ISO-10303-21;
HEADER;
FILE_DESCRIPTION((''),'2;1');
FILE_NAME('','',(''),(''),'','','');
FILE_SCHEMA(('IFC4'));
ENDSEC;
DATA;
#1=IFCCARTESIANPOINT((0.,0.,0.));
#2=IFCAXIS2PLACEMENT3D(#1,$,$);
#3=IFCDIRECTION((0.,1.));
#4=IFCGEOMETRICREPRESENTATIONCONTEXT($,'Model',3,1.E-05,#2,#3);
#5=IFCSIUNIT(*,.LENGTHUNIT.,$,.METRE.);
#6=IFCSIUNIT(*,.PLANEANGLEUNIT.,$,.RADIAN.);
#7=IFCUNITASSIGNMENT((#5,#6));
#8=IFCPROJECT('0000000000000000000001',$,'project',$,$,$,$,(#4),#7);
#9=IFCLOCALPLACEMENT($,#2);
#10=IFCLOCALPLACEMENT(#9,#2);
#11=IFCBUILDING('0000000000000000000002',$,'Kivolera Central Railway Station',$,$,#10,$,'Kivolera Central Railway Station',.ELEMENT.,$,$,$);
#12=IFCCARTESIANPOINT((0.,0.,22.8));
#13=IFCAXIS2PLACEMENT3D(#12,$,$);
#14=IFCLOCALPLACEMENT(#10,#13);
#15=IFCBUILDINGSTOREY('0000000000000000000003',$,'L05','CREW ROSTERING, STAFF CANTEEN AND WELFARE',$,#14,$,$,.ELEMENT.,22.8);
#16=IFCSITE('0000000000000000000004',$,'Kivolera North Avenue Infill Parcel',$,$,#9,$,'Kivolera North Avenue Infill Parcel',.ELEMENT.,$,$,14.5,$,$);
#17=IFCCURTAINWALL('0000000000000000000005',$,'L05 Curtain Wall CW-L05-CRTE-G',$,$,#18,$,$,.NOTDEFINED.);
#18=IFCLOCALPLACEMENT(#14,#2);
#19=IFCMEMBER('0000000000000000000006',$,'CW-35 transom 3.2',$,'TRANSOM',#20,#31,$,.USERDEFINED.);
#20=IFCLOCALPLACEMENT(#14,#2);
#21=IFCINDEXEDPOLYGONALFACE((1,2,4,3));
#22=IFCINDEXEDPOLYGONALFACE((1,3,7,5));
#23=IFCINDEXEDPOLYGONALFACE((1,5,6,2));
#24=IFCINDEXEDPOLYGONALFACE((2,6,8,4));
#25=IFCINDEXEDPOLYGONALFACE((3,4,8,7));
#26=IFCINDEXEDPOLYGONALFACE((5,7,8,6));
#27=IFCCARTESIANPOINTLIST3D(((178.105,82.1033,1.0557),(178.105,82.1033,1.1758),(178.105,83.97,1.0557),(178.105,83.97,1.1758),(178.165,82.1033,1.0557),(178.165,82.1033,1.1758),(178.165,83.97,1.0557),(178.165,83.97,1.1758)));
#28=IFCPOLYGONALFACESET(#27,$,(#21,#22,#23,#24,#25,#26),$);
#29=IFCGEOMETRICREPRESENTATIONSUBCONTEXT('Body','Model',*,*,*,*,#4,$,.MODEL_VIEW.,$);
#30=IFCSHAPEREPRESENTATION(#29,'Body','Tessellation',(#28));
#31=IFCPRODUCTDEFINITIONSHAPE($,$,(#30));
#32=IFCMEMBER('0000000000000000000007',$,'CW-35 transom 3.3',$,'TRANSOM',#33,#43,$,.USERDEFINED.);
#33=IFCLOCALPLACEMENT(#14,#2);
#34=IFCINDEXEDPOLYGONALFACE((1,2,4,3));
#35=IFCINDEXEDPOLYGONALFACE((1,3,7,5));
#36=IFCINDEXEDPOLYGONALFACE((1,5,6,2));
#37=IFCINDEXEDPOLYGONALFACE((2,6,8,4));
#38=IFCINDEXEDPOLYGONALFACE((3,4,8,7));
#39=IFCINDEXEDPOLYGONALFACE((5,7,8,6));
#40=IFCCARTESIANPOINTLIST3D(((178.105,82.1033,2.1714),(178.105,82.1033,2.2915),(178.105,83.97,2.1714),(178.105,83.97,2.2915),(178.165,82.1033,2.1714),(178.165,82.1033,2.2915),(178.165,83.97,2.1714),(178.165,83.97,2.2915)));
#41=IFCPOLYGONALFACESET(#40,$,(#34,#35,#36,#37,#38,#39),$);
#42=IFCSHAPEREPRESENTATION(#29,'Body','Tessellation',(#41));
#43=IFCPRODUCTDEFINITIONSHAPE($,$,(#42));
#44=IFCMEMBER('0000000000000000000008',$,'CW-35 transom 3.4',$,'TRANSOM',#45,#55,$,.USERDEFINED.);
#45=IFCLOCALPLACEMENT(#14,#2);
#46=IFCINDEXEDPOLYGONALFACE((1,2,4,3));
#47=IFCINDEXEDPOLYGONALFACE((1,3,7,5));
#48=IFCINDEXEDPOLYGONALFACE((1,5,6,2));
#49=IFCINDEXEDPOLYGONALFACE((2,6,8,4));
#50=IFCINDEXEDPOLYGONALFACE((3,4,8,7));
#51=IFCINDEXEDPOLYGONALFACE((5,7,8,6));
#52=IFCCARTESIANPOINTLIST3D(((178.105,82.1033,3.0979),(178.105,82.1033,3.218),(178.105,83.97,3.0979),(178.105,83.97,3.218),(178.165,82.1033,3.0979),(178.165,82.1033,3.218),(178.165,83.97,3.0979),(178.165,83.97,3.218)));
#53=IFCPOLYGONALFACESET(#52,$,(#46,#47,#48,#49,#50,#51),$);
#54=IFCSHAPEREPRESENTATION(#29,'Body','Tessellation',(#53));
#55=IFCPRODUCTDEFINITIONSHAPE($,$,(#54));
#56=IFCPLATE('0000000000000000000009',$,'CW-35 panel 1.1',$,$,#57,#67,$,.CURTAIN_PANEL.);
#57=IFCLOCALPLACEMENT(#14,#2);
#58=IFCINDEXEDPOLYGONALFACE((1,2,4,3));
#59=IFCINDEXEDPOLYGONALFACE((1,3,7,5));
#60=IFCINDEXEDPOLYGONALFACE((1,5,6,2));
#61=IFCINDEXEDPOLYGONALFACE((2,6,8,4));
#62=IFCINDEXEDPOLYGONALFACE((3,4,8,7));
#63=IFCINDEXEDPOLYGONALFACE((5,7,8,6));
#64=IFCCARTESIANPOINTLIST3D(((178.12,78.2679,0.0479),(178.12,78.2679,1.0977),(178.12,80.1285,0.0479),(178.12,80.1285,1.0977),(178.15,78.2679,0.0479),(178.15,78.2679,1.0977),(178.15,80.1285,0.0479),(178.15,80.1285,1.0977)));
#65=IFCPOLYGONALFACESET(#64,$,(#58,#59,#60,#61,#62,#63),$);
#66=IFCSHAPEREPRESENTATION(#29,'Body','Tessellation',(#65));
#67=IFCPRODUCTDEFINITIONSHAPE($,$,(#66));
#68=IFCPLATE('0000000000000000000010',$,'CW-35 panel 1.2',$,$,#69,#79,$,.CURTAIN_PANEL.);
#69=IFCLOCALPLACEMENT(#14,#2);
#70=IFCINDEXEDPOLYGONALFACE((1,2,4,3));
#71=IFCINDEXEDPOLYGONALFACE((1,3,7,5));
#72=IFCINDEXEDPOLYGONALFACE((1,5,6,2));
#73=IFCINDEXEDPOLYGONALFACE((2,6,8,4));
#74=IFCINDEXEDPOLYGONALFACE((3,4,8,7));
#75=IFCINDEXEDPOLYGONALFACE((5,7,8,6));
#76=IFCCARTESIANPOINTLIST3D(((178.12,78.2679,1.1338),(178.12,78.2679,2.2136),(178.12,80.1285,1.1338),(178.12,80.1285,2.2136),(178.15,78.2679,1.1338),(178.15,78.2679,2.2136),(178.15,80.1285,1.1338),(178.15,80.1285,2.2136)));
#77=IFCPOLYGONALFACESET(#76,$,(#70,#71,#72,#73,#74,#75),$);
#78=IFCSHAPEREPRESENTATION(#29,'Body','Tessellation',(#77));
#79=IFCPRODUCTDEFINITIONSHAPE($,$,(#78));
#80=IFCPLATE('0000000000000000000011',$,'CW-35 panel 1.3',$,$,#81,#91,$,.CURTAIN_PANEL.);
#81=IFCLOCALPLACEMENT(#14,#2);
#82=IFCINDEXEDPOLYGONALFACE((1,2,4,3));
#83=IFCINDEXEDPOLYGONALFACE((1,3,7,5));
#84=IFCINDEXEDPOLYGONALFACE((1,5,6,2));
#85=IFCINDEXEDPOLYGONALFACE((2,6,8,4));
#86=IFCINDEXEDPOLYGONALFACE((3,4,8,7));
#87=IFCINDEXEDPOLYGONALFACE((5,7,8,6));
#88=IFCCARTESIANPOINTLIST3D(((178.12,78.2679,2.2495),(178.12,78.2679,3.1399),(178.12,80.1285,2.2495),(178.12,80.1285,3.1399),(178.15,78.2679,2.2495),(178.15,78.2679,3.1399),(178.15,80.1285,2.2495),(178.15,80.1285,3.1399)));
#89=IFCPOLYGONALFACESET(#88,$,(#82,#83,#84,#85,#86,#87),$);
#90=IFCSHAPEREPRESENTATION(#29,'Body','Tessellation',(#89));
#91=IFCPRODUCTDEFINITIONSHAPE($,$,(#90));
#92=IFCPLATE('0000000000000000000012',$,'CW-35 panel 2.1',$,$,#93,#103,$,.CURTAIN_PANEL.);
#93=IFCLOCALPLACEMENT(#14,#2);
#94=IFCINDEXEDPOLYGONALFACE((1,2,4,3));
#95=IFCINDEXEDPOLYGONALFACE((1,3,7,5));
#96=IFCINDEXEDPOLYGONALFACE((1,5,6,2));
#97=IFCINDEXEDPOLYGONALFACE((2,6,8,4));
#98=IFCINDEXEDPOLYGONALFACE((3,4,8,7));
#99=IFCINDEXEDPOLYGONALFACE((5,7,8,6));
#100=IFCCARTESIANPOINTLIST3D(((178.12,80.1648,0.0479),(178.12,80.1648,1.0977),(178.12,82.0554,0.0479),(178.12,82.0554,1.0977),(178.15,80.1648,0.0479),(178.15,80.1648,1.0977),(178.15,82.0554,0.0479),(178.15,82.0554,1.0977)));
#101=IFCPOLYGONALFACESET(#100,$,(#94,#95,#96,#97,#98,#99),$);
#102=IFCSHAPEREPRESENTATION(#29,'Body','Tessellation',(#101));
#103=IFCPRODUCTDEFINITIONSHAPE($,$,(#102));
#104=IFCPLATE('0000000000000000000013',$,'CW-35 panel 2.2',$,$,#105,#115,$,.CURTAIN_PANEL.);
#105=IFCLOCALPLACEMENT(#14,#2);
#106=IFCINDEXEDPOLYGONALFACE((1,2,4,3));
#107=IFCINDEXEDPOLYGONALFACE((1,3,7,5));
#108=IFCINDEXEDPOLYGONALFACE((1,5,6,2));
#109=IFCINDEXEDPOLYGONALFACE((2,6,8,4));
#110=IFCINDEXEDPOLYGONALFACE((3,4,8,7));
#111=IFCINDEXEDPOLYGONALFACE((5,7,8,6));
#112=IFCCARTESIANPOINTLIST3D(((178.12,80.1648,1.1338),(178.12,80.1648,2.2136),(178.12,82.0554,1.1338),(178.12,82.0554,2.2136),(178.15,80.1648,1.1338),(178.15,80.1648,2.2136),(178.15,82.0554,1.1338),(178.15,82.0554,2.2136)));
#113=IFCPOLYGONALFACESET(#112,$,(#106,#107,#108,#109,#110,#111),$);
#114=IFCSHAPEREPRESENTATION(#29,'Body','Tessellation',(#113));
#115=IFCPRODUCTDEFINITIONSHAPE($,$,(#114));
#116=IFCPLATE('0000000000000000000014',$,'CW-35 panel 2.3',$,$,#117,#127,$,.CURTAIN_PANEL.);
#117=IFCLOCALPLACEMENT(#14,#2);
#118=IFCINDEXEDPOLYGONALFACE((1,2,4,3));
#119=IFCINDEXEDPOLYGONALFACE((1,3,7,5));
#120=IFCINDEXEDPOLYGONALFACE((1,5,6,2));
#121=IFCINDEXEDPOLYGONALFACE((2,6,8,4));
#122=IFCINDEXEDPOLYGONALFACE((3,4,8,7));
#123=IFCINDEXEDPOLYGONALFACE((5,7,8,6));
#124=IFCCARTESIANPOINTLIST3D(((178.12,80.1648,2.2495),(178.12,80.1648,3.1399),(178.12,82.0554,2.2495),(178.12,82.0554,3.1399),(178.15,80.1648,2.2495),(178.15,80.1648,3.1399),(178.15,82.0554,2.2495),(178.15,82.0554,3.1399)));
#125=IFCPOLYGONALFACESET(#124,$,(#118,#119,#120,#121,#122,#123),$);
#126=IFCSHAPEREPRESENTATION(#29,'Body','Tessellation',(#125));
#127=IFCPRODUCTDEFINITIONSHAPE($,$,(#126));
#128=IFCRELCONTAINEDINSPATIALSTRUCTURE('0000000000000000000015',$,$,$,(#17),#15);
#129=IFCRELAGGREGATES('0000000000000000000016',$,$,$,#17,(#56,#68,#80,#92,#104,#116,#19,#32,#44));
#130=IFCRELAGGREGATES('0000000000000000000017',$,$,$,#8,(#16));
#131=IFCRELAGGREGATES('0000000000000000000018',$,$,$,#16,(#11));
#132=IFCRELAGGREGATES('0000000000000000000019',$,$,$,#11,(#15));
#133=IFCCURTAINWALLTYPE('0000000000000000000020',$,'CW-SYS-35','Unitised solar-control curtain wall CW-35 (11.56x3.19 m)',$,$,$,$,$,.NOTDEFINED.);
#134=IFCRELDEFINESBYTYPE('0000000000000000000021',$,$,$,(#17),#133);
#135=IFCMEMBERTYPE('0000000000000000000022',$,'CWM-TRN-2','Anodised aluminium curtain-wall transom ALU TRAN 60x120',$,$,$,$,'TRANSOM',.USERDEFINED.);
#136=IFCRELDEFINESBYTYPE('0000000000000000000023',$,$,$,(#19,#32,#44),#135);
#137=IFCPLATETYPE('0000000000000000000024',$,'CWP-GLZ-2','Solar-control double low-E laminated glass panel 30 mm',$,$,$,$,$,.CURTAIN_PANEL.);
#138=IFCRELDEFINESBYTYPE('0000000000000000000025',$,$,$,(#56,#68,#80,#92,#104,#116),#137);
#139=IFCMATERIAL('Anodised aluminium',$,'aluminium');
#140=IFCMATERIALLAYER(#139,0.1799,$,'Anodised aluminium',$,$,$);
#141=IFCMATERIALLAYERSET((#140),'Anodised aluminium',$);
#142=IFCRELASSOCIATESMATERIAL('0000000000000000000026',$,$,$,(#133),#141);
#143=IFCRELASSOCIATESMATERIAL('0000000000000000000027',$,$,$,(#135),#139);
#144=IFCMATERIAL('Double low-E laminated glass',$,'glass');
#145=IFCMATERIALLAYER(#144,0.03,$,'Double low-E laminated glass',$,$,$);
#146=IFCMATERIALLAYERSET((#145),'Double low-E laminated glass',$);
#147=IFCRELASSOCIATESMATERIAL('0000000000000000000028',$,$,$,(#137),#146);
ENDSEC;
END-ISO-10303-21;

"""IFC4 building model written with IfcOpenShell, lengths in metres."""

from ifc_helpers import new_model, si_unit, direction, frame, origin, origin_2d, place, context, subcontext, project, spatial, rectangle, extrude, material, layer, layer_set, material_profile, profile_set, type_object, element, aggregate, save


model = new_model("IFC4")

# Units and contexts
model_context = context("Model", 3, precision=1e-05, world=origin(), true_north=direction((0.0, 1.0)))
body_context = subcontext(model_context, "Body", "Model", "MODEL_VIEW")
ifc_project = project(units=[si_unit("LENGTHUNIT", "METRE"), si_unit("PLANEANGLEUNIT", "RADIAN")], contexts=[model_context])

# Site, building, storey
site_placement = place(None, origin())
site = spatial("IfcSite", under=ifc_project, at=site_placement, Name="Kivolera North Avenue Infill Parcel", LongName="Kivolera North Avenue Infill Parcel", CompositionType="ELEMENT", RefElevation=14.5)
building_placement = place(site_placement, origin())
building = spatial("IfcBuilding", under=site, at=building_placement, Name="Kivolera Central Railway Station", LongName="Kivolera Central Railway Station", CompositionType="ELEMENT")
storey_placement = place(building_placement, frame((0.0, 0.0, 22.8)))
storey = spatial("IfcBuildingStorey", under=building, at=storey_placement, Name="L05", Description="CREW ROSTERING, STAFF CANTEEN AND WELFARE", CompositionType="ELEMENT", Elevation=22.8)

# Curtain wall, members, plates
ifc_material_1 = material(Name="Anodised aluminium", Category="aluminium")
ifc_layer_1 = layer(ifc_material_1, 0.1799, Name="Anodised aluminium")
ifc_layer_set_1 = layer_set([ifc_layer_1], Name="Anodised aluminium")
curtain_wall_type = type_object("IfcCurtainWallType", Name="CW-SYS-35", Description="Unitised solar-control curtain wall CW-35 (11.56x3.19 m)", PredefinedType="NOTDEFINED", material=ifc_layer_set_1)
curtain_wall_placement = place(storey_placement, origin())
curtain_wall = element("IfcCurtainWall", 1, at=curtain_wall_placement, inside=storey, type_object=curtain_wall_type, Name="L05 Curtain Wall CW-L05-CRTE-G", PredefinedType="NOTDEFINED")
ifc_material_profile_1 = material_profile(ifc_material_1, rectangle(XDim=0.0601, YDim=0.1201, at=origin_2d()), Name="ALU TRAN 60x120")
ifc_profile_set_1 = profile_set([ifc_material_profile_1], Name="Anodised aluminium")
member_type_1 = type_object("IfcMemberType", Name="CWM-TRN-2", Description="Anodised aluminium curtain-wall transom ALU TRAN 60x120", ElementType="TRANSOM", PredefinedType="USERDEFINED", material=ifc_profile_set_1)
member_1_placement = place(storey_placement, frame((178.135, 82.1033, 1.1157), z_axis=(0.0, 1.0, 0.0), x_axis=(-1.0, 0.0, 0.0)))
member_1 = element("IfcMember", 2, at=member_1_placement, type_object=member_type_1, Name="CW-35 transom 3.2", ObjectType="TRANSOM", PredefinedType="USERDEFINED", context=body_context, shape_type="SweptSolid", body=[
    extrude(rectangle(XDim=0.0601, YDim=0.1201, at=origin_2d()), origin(), (0.0, 0.0, 1.0), 1.8667),
])
member_2_placement = place(storey_placement, frame((178.135, 82.1033, 2.2314), z_axis=(0.0, 1.0, 0.0), x_axis=(-1.0, 0.0, 0.0)))
member_2 = element("IfcMember", 3, at=member_2_placement, type_object=member_type_1, Name="CW-35 transom 3.3", ObjectType="TRANSOM", PredefinedType="USERDEFINED", context=body_context, shape_type="SweptSolid", body=[
    extrude(rectangle(XDim=0.0601, YDim=0.1201, at=origin_2d()), origin(), (0.0, 0.0, 1.0), 1.8667),
])
member_3_placement = place(storey_placement, frame((178.135, 82.1033, 3.158), z_axis=(0.0, 1.0, 0.0), x_axis=(-1.0, 0.0, 0.0)))
member_3 = element("IfcMember", 4, at=member_3_placement, type_object=member_type_1, Name="CW-35 transom 3.4", ObjectType="TRANSOM", PredefinedType="USERDEFINED", context=body_context, shape_type="SweptSolid", body=[
    extrude(rectangle(XDim=0.0601, YDim=0.1201, at=origin_2d()), origin(), (0.0, 0.0, 1.0), 1.8667),
])
ifc_material_2 = material(Name="Double low-E laminated glass", Category="glass")
ifc_layer_2 = layer(ifc_material_2, 0.03, Name="Double low-E laminated glass")
ifc_layer_set_2 = layer_set([ifc_layer_2], Name="Double low-E laminated glass")
plate_type = type_object("IfcPlateType", Name="CWP-GLZ-2", Description="Solar-control double low-E laminated glass panel 30 mm", PredefinedType="CURTAIN_PANEL", material=ifc_layer_set_2)
plate_1_placement = place(storey_placement, frame((178.135, 79.1982, 0.0479), z_axis=(0.0, 0.0, 1.0), x_axis=(0.0, 1.0, 0.0)))
plate_1 = element("IfcPlate", 5, at=plate_1_placement, type_object=plate_type, Name="CW-35 panel 1.1", PredefinedType="CURTAIN_PANEL", context=body_context, shape_type="SweptSolid", body=[
    extrude(rectangle(XDim=1.8606, YDim=0.03, at=origin_2d()), origin(), (0.0, 0.0, 1.0), 1.0498),
])
plate_2_placement = place(storey_placement, frame((178.135, 79.1982, 1.1338), z_axis=(0.0, 0.0, 1.0), x_axis=(0.0, 1.0, 0.0)))
plate_2 = element("IfcPlate", 6, at=plate_2_placement, type_object=plate_type, Name="CW-35 panel 1.2", PredefinedType="CURTAIN_PANEL", context=body_context, shape_type="SweptSolid", body=[
    extrude(rectangle(XDim=1.8606, YDim=0.03, at=origin_2d()), origin(), (0.0, 0.0, 1.0), 1.0798),
])
plate_3_placement = place(storey_placement, frame((178.135, 79.1982, 2.2495), z_axis=(0.0, 0.0, 1.0), x_axis=(0.0, 1.0, 0.0)))
plate_3 = element("IfcPlate", 7, at=plate_3_placement, type_object=plate_type, Name="CW-35 panel 1.3", PredefinedType="CURTAIN_PANEL", context=body_context, shape_type="SweptSolid", body=[
    extrude(rectangle(XDim=1.8606, YDim=0.03, at=origin_2d()), origin(), (0.0, 0.0, 1.0), 0.8904),
])
plate_4_placement = place(storey_placement, frame((178.135, 81.1101, 0.0479), z_axis=(0.0, 0.0, 1.0), x_axis=(0.0, 1.0, 0.0)))
plate_4 = element("IfcPlate", 8, at=plate_4_placement, type_object=plate_type, Name="CW-35 panel 2.1", PredefinedType="CURTAIN_PANEL", context=body_context, shape_type="SweptSolid", body=[
    extrude(rectangle(XDim=1.8906, YDim=0.03, at=origin_2d()), origin(), (0.0, 0.0, 1.0), 1.0498),
])
plate_5_placement = place(storey_placement, frame((178.135, 81.1101, 1.1338), z_axis=(0.0, 0.0, 1.0), x_axis=(0.0, 1.0, 0.0)))
plate_5 = element("IfcPlate", 9, at=plate_5_placement, type_object=plate_type, Name="CW-35 panel 2.2", PredefinedType="CURTAIN_PANEL", context=body_context, shape_type="SweptSolid", body=[
    extrude(rectangle(XDim=1.8906, YDim=0.03, at=origin_2d()), origin(), (0.0, 0.0, 1.0), 1.0798),
])
plate_6_placement = place(storey_placement, frame((178.135, 81.1101, 2.2495), z_axis=(0.0, 0.0, 1.0), x_axis=(0.0, 1.0, 0.0)))
plate_6 = element("IfcPlate", 10, at=plate_6_placement, type_object=plate_type, Name="CW-35 panel 2.3", PredefinedType="CURTAIN_PANEL", context=body_context, shape_type="SweptSolid", body=[
    extrude(rectangle(XDim=1.8906, YDim=0.03, at=origin_2d()), origin(), (0.0, 0.0, 1.0), 0.8904),
])
aggregate(curtain_wall, [plate_1, plate_2, plate_3, plate_4, plate_5, plate_6, member_1, member_2, member_3])

save(model, "model.ifc")
